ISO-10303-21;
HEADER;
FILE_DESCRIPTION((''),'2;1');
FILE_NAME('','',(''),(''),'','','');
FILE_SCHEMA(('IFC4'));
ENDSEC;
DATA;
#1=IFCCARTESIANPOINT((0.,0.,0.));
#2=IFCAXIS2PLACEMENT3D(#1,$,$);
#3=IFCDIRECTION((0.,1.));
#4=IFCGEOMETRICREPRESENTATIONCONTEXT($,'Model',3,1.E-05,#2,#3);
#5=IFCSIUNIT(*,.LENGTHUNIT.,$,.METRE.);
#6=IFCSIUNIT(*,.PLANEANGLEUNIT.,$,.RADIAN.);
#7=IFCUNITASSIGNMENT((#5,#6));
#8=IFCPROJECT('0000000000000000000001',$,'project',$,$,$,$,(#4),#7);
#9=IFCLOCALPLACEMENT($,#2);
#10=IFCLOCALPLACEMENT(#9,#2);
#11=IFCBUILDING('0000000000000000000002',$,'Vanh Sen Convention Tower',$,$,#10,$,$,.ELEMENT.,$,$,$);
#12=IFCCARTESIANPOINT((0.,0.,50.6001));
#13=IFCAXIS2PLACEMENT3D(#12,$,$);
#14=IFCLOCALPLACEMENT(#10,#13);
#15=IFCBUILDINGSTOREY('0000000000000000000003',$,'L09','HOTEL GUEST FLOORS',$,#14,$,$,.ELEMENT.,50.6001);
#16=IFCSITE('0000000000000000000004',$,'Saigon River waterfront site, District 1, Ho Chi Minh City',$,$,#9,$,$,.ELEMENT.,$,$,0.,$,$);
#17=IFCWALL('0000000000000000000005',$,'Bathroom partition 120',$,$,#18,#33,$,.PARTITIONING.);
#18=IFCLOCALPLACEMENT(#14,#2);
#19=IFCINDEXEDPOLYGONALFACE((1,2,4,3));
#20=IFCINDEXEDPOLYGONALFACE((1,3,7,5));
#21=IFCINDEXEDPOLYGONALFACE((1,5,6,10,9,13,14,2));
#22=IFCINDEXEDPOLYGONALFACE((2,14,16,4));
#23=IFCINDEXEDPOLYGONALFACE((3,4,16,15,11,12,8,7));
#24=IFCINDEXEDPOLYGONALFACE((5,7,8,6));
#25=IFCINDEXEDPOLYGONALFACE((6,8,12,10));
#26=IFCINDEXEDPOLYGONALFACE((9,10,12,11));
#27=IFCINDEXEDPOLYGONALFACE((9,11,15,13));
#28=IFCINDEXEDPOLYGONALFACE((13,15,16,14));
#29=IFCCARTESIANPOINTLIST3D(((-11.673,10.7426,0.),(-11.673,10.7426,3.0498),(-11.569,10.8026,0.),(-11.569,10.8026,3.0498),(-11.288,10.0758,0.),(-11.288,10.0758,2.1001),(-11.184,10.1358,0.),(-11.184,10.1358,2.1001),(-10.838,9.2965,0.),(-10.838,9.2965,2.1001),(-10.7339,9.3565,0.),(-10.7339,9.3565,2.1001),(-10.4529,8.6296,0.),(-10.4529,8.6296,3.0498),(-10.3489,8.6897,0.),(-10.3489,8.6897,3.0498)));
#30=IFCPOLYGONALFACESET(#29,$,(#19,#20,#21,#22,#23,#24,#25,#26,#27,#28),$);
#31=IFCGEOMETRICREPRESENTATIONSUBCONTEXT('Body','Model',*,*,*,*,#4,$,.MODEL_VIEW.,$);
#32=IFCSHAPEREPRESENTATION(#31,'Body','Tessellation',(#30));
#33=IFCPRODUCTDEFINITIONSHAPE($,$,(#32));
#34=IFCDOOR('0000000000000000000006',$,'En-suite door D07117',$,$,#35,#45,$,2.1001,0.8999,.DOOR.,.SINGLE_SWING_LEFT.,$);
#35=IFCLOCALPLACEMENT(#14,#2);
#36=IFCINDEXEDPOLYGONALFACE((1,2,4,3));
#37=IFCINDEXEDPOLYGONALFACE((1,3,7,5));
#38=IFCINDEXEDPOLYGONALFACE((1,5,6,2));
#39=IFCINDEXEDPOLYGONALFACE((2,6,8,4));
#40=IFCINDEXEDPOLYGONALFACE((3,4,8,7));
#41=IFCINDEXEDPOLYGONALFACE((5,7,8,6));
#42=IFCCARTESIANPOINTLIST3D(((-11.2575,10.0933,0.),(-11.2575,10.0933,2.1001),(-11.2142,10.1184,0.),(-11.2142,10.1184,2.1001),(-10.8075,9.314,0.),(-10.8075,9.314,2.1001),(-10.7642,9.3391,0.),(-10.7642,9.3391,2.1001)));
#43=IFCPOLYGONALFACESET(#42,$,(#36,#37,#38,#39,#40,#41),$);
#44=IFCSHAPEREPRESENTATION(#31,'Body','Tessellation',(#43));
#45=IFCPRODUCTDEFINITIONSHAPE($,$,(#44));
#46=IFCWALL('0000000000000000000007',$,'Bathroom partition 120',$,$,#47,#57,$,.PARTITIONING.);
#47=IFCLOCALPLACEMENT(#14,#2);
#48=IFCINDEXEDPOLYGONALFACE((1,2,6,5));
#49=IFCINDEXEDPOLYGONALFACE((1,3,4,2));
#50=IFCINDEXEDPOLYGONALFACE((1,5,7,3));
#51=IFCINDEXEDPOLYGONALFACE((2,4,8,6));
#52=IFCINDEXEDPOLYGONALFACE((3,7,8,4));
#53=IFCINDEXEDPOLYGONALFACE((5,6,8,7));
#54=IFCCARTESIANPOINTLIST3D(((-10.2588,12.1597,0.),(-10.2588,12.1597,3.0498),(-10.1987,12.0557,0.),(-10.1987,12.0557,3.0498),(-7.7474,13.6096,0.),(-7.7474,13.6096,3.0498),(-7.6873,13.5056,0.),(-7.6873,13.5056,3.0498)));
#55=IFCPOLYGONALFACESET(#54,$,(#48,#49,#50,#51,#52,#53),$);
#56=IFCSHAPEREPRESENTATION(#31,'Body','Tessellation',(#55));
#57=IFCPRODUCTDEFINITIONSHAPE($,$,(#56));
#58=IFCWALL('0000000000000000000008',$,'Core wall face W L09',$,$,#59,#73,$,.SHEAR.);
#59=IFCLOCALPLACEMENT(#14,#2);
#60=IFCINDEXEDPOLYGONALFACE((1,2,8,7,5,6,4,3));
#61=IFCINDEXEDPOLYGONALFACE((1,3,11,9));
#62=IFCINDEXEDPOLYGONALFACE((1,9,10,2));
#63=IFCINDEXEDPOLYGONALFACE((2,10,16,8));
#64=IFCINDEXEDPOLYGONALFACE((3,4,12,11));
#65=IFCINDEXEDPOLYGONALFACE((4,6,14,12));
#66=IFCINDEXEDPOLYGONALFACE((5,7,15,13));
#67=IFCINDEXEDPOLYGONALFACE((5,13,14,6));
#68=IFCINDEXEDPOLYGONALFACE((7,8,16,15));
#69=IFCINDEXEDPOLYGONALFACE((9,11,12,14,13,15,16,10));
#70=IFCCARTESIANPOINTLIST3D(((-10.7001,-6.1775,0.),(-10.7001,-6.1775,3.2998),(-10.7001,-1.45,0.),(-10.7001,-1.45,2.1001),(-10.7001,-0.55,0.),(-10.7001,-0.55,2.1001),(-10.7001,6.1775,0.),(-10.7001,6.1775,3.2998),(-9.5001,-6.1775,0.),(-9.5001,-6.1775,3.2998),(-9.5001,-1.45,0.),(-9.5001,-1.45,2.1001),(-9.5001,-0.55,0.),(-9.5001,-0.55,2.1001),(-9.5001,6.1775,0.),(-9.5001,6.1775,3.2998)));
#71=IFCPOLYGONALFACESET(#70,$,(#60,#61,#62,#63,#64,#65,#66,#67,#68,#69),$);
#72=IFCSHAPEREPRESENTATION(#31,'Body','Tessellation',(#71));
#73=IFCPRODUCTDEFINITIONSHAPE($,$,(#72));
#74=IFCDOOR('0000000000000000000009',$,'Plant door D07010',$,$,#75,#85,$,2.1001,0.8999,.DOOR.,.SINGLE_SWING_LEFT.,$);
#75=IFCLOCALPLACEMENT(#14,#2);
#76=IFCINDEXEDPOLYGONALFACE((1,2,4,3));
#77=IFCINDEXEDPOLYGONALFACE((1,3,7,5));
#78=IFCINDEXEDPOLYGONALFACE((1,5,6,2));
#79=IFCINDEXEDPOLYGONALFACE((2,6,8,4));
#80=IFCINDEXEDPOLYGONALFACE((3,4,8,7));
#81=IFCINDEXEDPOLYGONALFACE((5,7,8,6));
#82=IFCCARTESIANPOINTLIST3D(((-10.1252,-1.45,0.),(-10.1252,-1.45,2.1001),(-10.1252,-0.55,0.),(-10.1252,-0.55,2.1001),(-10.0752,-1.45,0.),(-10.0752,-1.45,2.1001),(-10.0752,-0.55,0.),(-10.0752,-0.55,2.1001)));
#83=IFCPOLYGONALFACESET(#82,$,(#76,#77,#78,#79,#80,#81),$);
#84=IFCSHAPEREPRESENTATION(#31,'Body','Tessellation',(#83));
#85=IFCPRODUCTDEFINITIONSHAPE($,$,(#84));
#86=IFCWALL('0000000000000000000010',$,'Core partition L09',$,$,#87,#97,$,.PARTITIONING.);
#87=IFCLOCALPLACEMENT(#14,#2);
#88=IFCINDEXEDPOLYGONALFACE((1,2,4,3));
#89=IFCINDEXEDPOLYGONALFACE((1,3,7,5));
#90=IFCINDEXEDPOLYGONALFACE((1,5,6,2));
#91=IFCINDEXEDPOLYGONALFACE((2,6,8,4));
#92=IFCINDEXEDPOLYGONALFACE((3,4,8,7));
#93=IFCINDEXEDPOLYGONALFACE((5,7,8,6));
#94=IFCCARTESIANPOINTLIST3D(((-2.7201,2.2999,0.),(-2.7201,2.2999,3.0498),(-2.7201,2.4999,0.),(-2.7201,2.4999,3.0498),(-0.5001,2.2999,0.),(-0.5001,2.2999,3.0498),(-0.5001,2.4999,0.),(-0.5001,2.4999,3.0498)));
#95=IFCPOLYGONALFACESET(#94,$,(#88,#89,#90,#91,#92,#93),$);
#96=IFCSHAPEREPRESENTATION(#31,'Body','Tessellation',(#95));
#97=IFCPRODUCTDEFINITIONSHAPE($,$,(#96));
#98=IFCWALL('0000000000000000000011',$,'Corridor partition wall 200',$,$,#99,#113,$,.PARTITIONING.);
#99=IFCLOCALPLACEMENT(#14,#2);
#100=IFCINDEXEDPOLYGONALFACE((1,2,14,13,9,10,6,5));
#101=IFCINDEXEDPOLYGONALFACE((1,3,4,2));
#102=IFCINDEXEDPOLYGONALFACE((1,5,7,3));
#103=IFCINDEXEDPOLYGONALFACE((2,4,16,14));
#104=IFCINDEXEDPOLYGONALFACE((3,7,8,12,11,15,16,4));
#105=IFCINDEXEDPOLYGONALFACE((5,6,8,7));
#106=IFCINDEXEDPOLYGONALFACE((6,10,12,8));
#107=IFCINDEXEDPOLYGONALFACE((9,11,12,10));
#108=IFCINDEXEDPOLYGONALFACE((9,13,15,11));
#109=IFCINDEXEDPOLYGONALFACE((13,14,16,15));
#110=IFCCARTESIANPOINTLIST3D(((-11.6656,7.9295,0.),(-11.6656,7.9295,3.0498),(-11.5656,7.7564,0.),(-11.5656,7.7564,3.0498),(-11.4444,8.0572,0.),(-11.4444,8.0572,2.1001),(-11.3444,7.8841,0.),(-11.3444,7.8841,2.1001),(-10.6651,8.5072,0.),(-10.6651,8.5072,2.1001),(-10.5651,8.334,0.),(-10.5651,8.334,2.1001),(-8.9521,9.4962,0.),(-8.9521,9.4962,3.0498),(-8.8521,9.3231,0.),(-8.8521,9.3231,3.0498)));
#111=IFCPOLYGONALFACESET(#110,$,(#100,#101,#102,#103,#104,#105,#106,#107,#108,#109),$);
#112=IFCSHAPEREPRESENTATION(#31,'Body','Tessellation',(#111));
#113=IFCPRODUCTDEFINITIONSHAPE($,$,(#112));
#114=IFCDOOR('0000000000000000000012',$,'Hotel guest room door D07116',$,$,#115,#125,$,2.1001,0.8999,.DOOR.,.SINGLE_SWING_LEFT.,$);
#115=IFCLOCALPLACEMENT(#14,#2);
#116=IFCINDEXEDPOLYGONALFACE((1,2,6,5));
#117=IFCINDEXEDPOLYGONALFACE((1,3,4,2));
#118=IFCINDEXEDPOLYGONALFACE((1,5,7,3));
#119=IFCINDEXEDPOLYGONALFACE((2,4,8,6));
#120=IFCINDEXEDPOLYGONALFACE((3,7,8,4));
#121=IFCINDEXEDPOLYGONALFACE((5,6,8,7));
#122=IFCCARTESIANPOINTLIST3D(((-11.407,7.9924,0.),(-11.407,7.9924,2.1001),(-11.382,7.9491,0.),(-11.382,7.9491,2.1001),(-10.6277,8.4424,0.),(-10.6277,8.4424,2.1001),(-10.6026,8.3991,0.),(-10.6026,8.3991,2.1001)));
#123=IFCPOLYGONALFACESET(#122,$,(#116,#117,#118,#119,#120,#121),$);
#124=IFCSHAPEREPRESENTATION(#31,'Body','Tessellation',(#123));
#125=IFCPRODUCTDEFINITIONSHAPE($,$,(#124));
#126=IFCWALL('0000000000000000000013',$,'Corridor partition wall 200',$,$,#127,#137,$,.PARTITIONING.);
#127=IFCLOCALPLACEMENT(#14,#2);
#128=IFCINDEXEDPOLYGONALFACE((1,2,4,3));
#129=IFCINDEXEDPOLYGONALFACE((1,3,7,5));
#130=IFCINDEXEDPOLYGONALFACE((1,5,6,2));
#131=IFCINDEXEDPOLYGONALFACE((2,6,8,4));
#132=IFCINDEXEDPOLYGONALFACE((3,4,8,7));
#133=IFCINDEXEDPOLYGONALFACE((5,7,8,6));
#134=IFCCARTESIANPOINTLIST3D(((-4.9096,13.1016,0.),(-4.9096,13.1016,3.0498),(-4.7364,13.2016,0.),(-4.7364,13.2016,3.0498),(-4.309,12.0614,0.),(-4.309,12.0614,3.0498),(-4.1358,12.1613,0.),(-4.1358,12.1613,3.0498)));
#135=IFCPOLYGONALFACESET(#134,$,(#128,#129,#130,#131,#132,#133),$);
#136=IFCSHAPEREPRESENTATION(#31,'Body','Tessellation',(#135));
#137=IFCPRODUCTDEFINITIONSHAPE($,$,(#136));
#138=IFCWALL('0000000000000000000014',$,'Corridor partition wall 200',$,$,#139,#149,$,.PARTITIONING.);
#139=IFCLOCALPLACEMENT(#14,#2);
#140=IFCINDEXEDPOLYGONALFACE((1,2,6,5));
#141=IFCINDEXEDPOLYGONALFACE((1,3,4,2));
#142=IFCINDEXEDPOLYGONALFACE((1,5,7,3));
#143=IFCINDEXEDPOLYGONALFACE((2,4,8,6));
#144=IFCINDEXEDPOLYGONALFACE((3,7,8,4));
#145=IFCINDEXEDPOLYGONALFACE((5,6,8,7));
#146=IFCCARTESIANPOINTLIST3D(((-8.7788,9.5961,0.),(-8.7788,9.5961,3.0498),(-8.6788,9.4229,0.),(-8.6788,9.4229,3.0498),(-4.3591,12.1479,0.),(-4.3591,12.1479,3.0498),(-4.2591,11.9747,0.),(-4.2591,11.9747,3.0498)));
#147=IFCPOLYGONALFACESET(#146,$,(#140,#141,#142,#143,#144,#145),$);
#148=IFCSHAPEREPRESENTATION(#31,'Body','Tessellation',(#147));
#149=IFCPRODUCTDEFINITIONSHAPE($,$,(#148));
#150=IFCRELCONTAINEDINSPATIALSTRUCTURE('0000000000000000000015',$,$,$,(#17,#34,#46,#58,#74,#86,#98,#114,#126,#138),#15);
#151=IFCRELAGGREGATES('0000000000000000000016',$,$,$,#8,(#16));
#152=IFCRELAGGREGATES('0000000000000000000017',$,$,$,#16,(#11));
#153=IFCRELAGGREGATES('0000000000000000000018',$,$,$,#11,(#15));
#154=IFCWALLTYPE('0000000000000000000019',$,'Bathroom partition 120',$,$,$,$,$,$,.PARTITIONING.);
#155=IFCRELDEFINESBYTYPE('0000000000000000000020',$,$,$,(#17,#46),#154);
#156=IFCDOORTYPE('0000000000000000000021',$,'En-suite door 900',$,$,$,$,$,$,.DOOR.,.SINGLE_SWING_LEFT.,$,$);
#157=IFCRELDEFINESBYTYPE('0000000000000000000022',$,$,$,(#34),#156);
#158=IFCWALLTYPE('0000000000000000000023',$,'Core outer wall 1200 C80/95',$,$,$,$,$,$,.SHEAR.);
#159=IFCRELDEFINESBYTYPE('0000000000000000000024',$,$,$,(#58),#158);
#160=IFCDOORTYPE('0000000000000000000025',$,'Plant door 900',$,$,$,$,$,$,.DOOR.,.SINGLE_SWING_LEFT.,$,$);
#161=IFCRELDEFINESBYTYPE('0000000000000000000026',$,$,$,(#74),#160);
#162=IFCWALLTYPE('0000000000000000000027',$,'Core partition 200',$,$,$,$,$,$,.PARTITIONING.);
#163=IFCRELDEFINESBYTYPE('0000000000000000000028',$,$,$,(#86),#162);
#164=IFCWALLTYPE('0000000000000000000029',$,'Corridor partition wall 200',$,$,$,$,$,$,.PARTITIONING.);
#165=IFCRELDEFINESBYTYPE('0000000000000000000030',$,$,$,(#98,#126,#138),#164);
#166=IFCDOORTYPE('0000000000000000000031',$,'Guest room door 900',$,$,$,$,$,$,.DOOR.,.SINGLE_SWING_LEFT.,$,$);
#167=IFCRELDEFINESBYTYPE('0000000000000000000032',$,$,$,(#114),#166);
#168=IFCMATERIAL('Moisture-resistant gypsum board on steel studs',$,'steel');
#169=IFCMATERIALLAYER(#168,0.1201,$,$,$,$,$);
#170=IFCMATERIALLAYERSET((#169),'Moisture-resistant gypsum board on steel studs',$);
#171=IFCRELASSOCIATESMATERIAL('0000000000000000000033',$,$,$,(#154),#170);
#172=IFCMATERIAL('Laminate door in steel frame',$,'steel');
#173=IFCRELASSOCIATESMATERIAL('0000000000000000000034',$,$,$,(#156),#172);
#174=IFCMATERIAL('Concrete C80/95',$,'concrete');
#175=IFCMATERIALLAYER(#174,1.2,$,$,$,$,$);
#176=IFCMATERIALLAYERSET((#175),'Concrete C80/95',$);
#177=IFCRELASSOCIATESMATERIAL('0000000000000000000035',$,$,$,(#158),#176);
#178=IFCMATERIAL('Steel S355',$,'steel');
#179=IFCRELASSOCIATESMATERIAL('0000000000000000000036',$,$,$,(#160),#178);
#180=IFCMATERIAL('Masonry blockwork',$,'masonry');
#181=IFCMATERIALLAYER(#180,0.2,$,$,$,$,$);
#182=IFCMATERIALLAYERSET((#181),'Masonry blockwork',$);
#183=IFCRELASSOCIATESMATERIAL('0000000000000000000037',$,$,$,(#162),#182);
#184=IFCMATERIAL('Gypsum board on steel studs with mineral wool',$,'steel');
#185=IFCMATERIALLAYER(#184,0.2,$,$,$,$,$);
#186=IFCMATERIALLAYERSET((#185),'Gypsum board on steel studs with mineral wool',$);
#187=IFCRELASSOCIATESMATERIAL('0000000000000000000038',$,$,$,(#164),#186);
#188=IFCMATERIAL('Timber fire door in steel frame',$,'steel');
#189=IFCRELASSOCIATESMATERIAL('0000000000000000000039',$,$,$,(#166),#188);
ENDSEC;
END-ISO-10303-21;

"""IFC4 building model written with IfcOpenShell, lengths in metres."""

from ifc_helpers import new_model, si_unit, direction, frame, frame_2d, origin, place, context, subcontext, project, spatial, rectangle, extrude, material, layer, layer_set, type_object, element, fill, save


model = new_model("IFC4")

# Units and contexts
model_context = context("Model", 3, precision=1e-05, world=origin(), true_north=direction((0.0, 1.0)))
body_context = subcontext(model_context, "Body", "Model", "MODEL_VIEW")
ifc_project = project(units=[si_unit("LENGTHUNIT", "METRE"), si_unit("PLANEANGLEUNIT", "RADIAN")], contexts=[model_context])

# Site, building, storey
site_placement = place(None, origin())
site = spatial("IfcSite", under=ifc_project, at=site_placement, Name="Saigon River waterfront site, District 1, Ho Chi Minh City", CompositionType="ELEMENT", RefElevation=0.0)
building_placement = place(site_placement, origin())
building = spatial("IfcBuilding", under=site, at=building_placement, Name="Vanh Sen Convention Tower", CompositionType="ELEMENT")
storey_placement = place(building_placement, frame((0.0, 0.0, 50.6001)))
storey = spatial("IfcBuildingStorey", under=building, at=storey_placement, Name="L09", Description="HOTEL GUEST FLOORS", CompositionType="ELEMENT", Elevation=50.6001)

# Wall, opening, door
ifc_material_1 = material(Name="Moisture-resistant gypsum board on steel studs", Category="steel")
ifc_layer_1 = layer(ifc_material_1, 0.1201)
ifc_layer_set_1 = layer_set([ifc_layer_1], Name="Moisture-resistant gypsum board on steel studs")
wall_type_1 = type_object("IfcWallType", Name="Bathroom partition 120", PredefinedType="PARTITIONING", material=ifc_layer_set_1)
wall_1_placement = place(storey_placement, frame((-10.4009, 8.6597, 0.0), z_axis=(0.0, 0.0, 1.0), x_axis=(-0.500078, 0.865981, 0.0)))
wall_1 = element("IfcWall", 1, at=wall_1_placement, inside=storey, type_object=wall_type_1, Name="Bathroom partition 120", PredefinedType="PARTITIONING", context=body_context, shape_type="SweptSolid", body=[
    extrude(rectangle(XDim=2.4399, YDim=0.1201, at=frame_2d((1.22, 0.0))), origin(), (0.0, 0.0, 1.0), 3.0498),
])
opening_1_placement = place(wall_1_placement, frame((0.77, 0.0, 0.0)))
opening_1 = element("IfcOpeningElement", 2, at=opening_1_placement, cuts=wall_1, PredefinedType="OPENING", context=body_context, shape_type="SweptSolid", body=[
    extrude(rectangle(XDim=0.8999, YDim=2.1001, at=frame_2d((0.45, 1.05))), frame((0.0, 0.0701, 0.0), z_axis=(0.0, -1.0, 0.0), x_axis=(1.0, 0.0, 0.0)), (0.0, 0.0, 1.0), 0.1401),
])
ifc_material_2 = material(Name="Laminate door in steel frame", Category="steel")
door_type_1 = type_object("IfcDoorType", Name="En-suite door 900", OperationType="SINGLE_SWING_LEFT", PredefinedType="DOOR", material=ifc_material_2)
door_1_placement = place(opening_1_placement, origin())
door_1 = element("IfcDoor", 3, at=door_1_placement, inside=storey, type_object=door_type_1, Name="En-suite door D07117", OperationType="SINGLE_SWING_LEFT", OverallHeight=2.1001, OverallWidth=0.8999, PredefinedType="DOOR", context=body_context, shape_type="SweptSolid", body=[
    extrude(rectangle(XDim=0.8999, YDim=2.1001, at=frame_2d((0.45, 1.05))), frame((0.0, 0.0249, 0.0), z_axis=(0.0, -1.0, 0.0), x_axis=(1.0, 0.0, 0.0)), (0.0, 0.0, 1.0), 0.05),
])
fill(opening_1, door_1)

# Wall
wall_2_placement = place(storey_placement, frame((-10.2288, 12.1077, 0.0), z_axis=(0.0, 0.0, 1.0), x_axis=(0.866033, 0.499987, 0.0)))
element("IfcWall", 4, at=wall_2_placement, inside=storey, type_object=wall_type_1, Name="Bathroom partition 120", PredefinedType="PARTITIONING", context=body_context, shape_type="SweptSolid", body=[
    extrude(rectangle(XDim=2.8999, YDim=0.1201, at=frame_2d((1.45, 0.0))), origin(), (0.0, 0.0, 1.0), 3.0498),
])

# Wall, opening, door
ifc_material_3 = material(Name="Concrete C80/95", Category="concrete")
ifc_layer_2 = layer(ifc_material_3, 1.2)
ifc_layer_set_2 = layer_set([ifc_layer_2], Name="Concrete C80/95")
wall_type_2 = type_object("IfcWallType", Name="Core outer wall 1200 C80/95", PredefinedType="SHEAR", material=ifc_layer_set_2)
wall_3_placement = place(storey_placement, frame((-10.1001, 6.1775, 0.0), z_axis=(0.0, 0.0, 1.0), x_axis=(0.0, -1.0, 0.0)))
wall_3 = element("IfcWall", 5, at=wall_3_placement, inside=storey, type_object=wall_type_2, Name="Core wall face W L09", PredefinedType="SHEAR", context=body_context, shape_type="SweptSolid", body=[
    extrude(rectangle(XDim=12.355, YDim=1.2, at=frame_2d((6.1775, 0.0))), origin(), (0.0, 0.0, 1.0), 3.2998),
])
opening_2_placement = place(wall_3_placement, frame((6.7275, 0.0, 0.0)))
opening_2 = element("IfcOpeningElement", 6, at=opening_2_placement, cuts=wall_3, PredefinedType="OPENING", context=body_context, shape_type="SweptSolid", body=[
    extrude(rectangle(XDim=0.8999, YDim=2.1001, at=frame_2d((0.45, 1.05))), frame((0.0, 0.6099, 0.0), z_axis=(0.0, -1.0, 0.0), x_axis=(1.0, 0.0, 0.0)), (0.0, 0.0, 1.0), 1.22),
])
ifc_material_4 = material(Name="Steel S355", Category="steel")
door_type_2 = type_object("IfcDoorType", Name="Plant door 900", OperationType="SINGLE_SWING_LEFT", PredefinedType="DOOR", material=ifc_material_4)
door_2_placement = place(opening_2_placement, origin())
door_2 = element("IfcDoor", 7, at=door_2_placement, inside=storey, type_object=door_type_2, Name="Plant door D07010", OperationType="SINGLE_SWING_LEFT", OverallHeight=2.1001, OverallWidth=0.8999, PredefinedType="DOOR", context=body_context, shape_type="SweptSolid", body=[
    extrude(rectangle(XDim=0.8999, YDim=2.1001, at=frame_2d((0.45, 1.05))), frame((0.0, 0.0249, 0.0), z_axis=(0.0, -1.0, 0.0), x_axis=(1.0, 0.0, 0.0)), (0.0, 0.0, 1.0), 0.05),
])
fill(opening_2, door_2)

# Wall
ifc_material_5 = material(Name="Masonry blockwork", Category="masonry")
ifc_layer_3 = layer(ifc_material_5, 0.2)
ifc_layer_set_3 = layer_set([ifc_layer_3], Name="Masonry blockwork")
wall_type_3 = type_object("IfcWallType", Name="Core partition 200", PredefinedType="PARTITIONING", material=ifc_layer_set_3)
wall_4_placement = place(storey_placement, frame((-2.72, 2.3999, 0.0), z_axis=(0.0, 0.0, 1.0), x_axis=(1.0, 0.0, 0.0)))
element("IfcWall", 8, at=wall_4_placement, inside=storey, type_object=wall_type_3, Name="Core partition L09", PredefinedType="PARTITIONING", context=body_context, shape_type="SweptSolid", body=[
    extrude(rectangle(XDim=2.22, YDim=0.2, at=frame_2d((1.1099, 0.0))), origin(), (0.0, 0.0, 1.0), 3.0498),
])

# Wall, opening, door
ifc_material_6 = material(Name="Gypsum board on steel studs with mineral wool", Category="steel")
ifc_layer_4 = layer(ifc_material_6, 0.2)
ifc_layer_set_4 = layer_set([ifc_layer_4], Name="Gypsum board on steel studs with mineral wool")
wall_type_4 = type_object("IfcWallType", Name="Corridor partition wall 200", PredefinedType="PARTITIONING", material=ifc_layer_set_4)
wall_5_placement = place(storey_placement, frame((-8.9021, 9.4097, 0.0), z_axis=(0.0, 0.0, 1.0), x_axis=(-0.866014, -0.500019, 0.0)))
wall_5 = element("IfcWall", 9, at=wall_5_placement, inside=storey, type_object=wall_type_4, Name="Corridor partition wall 200", PredefinedType="PARTITIONING", context=body_context, shape_type="SweptSolid", body=[
    extrude(rectangle(XDim=3.1333, YDim=0.2, at=frame_2d((1.5667, 0.0))), origin(), (0.0, 0.0, 1.0), 3.0498),
])
opening_3_placement = place(wall_5_placement, frame((1.978, 0.0, 0.0)))
opening_3 = element("IfcOpeningElement", 10, at=opening_3_placement, cuts=wall_5, PredefinedType="OPENING", context=body_context, shape_type="SweptSolid", body=[
    extrude(rectangle(XDim=0.8999, YDim=2.1001, at=frame_2d((0.45, 1.05))), frame((0.0, 0.1099, 0.0), z_axis=(0.0, -1.0, 0.0), x_axis=(1.0, 0.0, 0.0)), (0.0, 0.0, 1.0), 0.22),
])
ifc_material_7 = material(Name="Timber fire door in steel frame", Category="steel")
door_type_3 = type_object("IfcDoorType", Name="Guest room door 900", OperationType="SINGLE_SWING_LEFT", PredefinedType="DOOR", material=ifc_material_7)
door_3_placement = place(opening_3_placement, origin())
door_3 = element("IfcDoor", 11, at=door_3_placement, inside=storey, type_object=door_type_3, Name="Hotel guest room door D07116", OperationType="SINGLE_SWING_LEFT", OverallHeight=2.1001, OverallWidth=0.8999, PredefinedType="DOOR", context=body_context, shape_type="SweptSolid", body=[
    extrude(rectangle(XDim=0.8999, YDim=2.1001, at=frame_2d((0.45, 1.05))), frame((0.0, 0.0249, 0.0), z_axis=(0.0, -1.0, 0.0), x_axis=(1.0, 0.0, 0.0)), (0.0, 0.0, 1.0), 0.05),
])
fill(opening_3, door_3)

# Walls
wall_6_placement = place(storey_placement, frame((-4.823, 13.1516, 0.0), z_axis=(0.0, 0.0, 1.0), x_axis=(0.499986, -0.866033, 0.0)))
element("IfcWall", 12, at=wall_6_placement, inside=storey, type_object=wall_type_4, Name="Corridor partition wall 200", PredefinedType="PARTITIONING", context=body_context, shape_type="SweptSolid", body=[
    extrude(rectangle(XDim=1.2012, YDim=0.2, at=frame_2d((0.6006, 0.0))), origin(), (0.0, 0.0, 1.0), 3.0498),
])
wall_7_placement = place(storey_placement, frame((-4.3091, 12.0613, 0.0), z_axis=(0.0, 0.0, 1.0), x_axis=(-0.866021, -0.500008, 0.0)))
element("IfcWall", 13, at=wall_7_placement, inside=storey, type_object=wall_type_4, Name="Corridor partition wall 200", PredefinedType="PARTITIONING", context=body_context, shape_type="SweptSolid", body=[
    extrude(rectangle(XDim=5.1035, YDim=0.2, at=frame_2d((2.5518, 0.0))), origin(), (0.0, 0.0, 1.0), 3.0498),
])

save(model, "model.ifc")
